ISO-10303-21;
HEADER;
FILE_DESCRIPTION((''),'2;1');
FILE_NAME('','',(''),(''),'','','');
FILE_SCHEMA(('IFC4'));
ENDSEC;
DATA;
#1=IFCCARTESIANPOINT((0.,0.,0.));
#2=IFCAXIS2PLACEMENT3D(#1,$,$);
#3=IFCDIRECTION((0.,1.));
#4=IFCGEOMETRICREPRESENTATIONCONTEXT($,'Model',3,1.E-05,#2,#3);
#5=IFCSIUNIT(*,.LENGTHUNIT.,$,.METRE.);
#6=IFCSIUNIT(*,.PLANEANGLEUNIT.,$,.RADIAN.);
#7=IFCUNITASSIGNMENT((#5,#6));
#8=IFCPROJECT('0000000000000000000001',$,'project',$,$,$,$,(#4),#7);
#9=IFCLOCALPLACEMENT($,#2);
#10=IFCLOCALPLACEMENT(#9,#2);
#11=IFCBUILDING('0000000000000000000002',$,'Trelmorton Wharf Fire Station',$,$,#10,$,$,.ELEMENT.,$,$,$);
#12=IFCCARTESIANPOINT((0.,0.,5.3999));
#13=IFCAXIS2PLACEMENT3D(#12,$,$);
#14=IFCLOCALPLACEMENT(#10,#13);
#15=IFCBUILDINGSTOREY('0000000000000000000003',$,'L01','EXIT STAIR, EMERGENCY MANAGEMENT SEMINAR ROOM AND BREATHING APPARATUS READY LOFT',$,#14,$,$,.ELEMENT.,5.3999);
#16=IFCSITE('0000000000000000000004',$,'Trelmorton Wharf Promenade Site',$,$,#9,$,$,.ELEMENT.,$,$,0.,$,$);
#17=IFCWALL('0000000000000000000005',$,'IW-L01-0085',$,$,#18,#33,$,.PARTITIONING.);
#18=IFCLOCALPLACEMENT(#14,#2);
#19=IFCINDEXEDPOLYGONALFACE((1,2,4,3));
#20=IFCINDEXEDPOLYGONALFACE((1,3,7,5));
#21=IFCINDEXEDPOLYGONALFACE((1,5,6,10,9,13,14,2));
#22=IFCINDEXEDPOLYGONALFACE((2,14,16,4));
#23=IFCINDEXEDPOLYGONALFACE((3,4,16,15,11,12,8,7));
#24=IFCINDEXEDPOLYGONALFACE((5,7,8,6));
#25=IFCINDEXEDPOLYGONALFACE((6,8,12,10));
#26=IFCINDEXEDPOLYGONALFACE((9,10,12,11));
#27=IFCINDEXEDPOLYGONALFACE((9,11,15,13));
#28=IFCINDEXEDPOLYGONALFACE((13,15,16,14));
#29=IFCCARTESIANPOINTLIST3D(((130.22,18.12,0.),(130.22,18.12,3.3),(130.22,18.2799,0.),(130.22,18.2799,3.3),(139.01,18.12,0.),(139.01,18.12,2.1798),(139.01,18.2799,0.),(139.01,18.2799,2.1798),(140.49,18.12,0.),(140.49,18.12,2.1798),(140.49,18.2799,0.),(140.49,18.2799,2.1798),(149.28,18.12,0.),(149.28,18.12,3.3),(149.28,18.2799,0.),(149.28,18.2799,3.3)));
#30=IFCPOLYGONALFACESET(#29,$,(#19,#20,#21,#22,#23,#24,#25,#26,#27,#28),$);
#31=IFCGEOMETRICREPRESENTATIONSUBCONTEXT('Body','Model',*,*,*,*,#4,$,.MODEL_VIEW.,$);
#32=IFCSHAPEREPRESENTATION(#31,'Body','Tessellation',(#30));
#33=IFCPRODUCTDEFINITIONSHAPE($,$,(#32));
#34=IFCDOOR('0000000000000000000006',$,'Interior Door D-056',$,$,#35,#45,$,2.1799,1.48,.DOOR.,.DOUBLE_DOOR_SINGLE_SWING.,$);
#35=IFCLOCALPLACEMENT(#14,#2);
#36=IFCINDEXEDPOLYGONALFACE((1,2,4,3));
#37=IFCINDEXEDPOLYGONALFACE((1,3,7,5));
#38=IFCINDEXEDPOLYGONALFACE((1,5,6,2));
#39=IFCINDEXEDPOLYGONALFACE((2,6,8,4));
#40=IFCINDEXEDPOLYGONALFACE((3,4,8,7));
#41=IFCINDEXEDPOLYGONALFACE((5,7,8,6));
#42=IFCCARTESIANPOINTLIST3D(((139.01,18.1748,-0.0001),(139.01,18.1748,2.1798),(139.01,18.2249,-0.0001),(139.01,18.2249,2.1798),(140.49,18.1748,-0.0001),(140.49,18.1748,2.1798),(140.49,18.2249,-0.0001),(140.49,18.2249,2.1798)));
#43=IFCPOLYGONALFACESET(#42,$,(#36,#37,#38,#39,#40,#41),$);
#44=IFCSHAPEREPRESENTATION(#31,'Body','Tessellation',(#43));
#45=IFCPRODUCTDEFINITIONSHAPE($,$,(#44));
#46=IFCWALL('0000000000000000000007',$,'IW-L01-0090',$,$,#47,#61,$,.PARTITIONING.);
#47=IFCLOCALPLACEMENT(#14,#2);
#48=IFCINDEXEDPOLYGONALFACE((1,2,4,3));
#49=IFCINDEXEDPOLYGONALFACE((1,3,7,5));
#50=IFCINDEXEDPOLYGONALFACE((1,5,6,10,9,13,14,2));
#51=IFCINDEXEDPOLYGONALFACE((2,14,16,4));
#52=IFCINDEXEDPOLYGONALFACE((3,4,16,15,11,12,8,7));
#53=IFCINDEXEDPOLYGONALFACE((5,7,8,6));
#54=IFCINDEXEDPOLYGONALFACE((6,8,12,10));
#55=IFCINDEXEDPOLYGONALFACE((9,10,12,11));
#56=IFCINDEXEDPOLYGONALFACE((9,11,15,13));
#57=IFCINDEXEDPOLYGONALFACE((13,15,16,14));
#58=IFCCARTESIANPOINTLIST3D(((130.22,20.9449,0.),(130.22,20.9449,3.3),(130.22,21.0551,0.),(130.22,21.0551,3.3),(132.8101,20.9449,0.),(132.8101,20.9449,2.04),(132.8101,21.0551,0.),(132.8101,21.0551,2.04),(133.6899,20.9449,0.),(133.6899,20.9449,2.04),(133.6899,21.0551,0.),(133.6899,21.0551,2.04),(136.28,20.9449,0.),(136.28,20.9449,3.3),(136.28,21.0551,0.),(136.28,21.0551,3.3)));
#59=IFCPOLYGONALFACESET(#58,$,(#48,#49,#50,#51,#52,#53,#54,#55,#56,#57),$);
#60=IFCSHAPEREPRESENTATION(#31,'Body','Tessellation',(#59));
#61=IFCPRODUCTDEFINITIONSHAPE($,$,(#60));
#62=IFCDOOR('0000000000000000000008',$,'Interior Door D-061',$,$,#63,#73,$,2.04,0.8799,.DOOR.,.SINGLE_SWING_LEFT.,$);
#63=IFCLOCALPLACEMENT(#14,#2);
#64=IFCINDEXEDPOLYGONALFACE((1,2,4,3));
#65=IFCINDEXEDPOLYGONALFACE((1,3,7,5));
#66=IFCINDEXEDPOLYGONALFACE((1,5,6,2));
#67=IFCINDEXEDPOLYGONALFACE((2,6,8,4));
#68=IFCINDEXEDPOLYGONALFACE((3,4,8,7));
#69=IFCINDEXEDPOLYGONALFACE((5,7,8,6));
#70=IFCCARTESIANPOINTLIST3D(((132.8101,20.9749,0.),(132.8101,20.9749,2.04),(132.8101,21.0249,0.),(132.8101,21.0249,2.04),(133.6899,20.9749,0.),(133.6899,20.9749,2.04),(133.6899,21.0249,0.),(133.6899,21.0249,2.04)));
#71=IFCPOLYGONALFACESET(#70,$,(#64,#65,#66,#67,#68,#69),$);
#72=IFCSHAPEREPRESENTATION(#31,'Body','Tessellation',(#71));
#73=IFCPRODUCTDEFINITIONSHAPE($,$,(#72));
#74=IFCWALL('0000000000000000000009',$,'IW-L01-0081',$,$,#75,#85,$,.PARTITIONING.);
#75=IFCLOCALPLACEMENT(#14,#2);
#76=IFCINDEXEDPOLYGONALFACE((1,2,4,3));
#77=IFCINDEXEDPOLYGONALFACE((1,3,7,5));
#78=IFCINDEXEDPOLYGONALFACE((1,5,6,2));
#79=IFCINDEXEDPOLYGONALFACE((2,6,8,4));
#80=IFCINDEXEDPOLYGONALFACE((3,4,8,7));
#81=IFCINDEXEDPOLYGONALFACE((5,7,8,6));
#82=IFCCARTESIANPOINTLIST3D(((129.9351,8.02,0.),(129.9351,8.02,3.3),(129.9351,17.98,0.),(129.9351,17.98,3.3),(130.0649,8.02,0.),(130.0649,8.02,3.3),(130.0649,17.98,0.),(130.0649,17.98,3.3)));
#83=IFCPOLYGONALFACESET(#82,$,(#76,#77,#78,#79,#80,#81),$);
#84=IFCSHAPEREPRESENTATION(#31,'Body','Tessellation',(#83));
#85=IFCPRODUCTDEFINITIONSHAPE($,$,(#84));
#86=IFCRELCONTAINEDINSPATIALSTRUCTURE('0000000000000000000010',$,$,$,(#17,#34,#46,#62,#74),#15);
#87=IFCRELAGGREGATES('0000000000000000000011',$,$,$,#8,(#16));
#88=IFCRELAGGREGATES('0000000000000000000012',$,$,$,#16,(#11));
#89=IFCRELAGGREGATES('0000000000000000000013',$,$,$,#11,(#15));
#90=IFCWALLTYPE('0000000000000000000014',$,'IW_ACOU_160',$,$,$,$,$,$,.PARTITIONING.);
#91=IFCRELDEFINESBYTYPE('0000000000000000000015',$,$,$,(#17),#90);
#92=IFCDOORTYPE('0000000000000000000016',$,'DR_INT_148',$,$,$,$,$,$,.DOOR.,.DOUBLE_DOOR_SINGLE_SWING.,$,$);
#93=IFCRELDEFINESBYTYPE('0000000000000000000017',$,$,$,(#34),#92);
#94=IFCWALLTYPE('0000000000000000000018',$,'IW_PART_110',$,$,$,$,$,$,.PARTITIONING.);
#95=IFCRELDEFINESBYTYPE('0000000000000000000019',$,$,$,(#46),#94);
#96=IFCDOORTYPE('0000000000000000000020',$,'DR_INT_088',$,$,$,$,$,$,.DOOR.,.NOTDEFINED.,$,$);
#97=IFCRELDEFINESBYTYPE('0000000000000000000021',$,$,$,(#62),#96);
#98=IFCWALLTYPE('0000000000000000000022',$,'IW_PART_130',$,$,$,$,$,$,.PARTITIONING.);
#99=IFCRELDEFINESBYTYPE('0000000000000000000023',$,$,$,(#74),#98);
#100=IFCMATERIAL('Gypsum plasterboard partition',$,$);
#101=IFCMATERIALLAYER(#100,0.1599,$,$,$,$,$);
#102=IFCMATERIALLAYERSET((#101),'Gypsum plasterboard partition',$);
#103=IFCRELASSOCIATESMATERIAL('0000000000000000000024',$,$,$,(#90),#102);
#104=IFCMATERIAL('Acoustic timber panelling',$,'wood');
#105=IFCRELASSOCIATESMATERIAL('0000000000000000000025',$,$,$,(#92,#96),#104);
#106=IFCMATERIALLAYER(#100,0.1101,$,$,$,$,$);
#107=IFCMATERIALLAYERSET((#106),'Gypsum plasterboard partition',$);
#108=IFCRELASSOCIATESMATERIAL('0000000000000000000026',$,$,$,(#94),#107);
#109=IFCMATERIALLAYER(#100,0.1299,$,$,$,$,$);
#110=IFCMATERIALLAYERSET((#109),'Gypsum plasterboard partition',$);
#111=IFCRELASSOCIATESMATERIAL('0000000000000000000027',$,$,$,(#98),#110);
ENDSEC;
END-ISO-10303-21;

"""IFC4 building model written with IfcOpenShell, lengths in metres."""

from ifc_helpers import new_model, si_unit, direction, frame, frame_2d, origin, place, context, subcontext, project, spatial, rectangle, extrude, material, layer, layer_set, type_object, element, fill, save


model = new_model("IFC4")

# Units and contexts
model_context = context("Model", 3, precision=1e-05, world=origin(), true_north=direction((0.0, 1.0)))
body_context = subcontext(model_context, "Body", "Model", "MODEL_VIEW")
ifc_project = project(units=[si_unit("LENGTHUNIT", "METRE"), si_unit("PLANEANGLEUNIT", "RADIAN")], contexts=[model_context])

# Site, building, storey
site_placement = place(None, origin())
site = spatial("IfcSite", under=ifc_project, at=site_placement, Name="Trelmorton Wharf Promenade Site", CompositionType="ELEMENT", RefElevation=0.0)
building_placement = place(site_placement, origin())
building = spatial("IfcBuilding", under=site, at=building_placement, Name="Trelmorton Wharf Fire Station", CompositionType="ELEMENT")
storey_placement = place(building_placement, frame((0.0, 0.0, 5.3999)))
storey = spatial("IfcBuildingStorey", under=building, at=storey_placement, Name="L01", Description="EXIT STAIR, EMERGENCY MANAGEMENT SEMINAR ROOM AND BREATHING APPARATUS READY LOFT", CompositionType="ELEMENT", Elevation=5.3999)

# Walls, openings, doors
ifc_material_1 = material(Name="Gypsum plasterboard partition")
ifc_layer_1 = layer(ifc_material_1, 0.1599)
ifc_layer_set_1 = layer_set([ifc_layer_1], Name="Gypsum plasterboard partition")
wall_type_1 = type_object("IfcWallType", Name="IW_ACOU_160", PredefinedType="PARTITIONING", material=ifc_layer_set_1)
wall_1_placement = place(storey_placement, frame((130.22, 18.2, 0.0), z_axis=(0.0, 0.0, 1.0), x_axis=(1.0, 0.0, 0.0)))
wall_1 = element("IfcWall", 1, at=wall_1_placement, inside=storey, type_object=wall_type_1, Name="IW-L01-0085", PredefinedType="PARTITIONING", context=body_context, shape_type="SweptSolid", body=[
    extrude(rectangle(XDim=19.0601, YDim=0.1599, at=frame_2d((9.53, 0.0))), origin(), (0.0, 0.0, 1.0), 3.3),
])
opening_1_placement = place(wall_1_placement, frame((8.79, 0.0, 0.0)))
opening_1 = element("IfcOpeningElement", 2, at=opening_1_placement, cuts=wall_1, PredefinedType="OPENING", context=body_context, shape_type="SweptSolid", body=[
    extrude(rectangle(XDim=1.48, YDim=2.1799, at=frame_2d((0.74, 1.0898))), frame((0.0, 0.0898, 0.0), z_axis=(0.0, -1.0, 0.0), x_axis=(1.0, 0.0, 0.0)), (0.0, 0.0, 1.0), 0.1799),
])
ifc_material_2 = material(Name="Acoustic timber panelling", Category="wood")
door_type_1 = type_object("IfcDoorType", Name="DR_INT_148", OperationType="DOUBLE_DOOR_SINGLE_SWING", PredefinedType="DOOR", material=ifc_material_2)
door_1_placement = place(opening_1_placement, origin())
door_1 = element("IfcDoor", 3, at=door_1_placement, inside=storey, type_object=door_type_1, Name="Interior Door D-056", OperationType="DOUBLE_DOOR_SINGLE_SWING", OverallHeight=2.1799, OverallWidth=1.48, PredefinedType="DOOR", context=body_context, shape_type="SweptSolid", body=[
    extrude(rectangle(XDim=1.48, YDim=2.1799, at=frame_2d((0.74, 1.0898))), frame((0.0, 0.0249, 0.0), z_axis=(0.0, -1.0, 0.0), x_axis=(1.0, 0.0, 0.0)), (0.0, 0.0, 1.0), 0.05),
])
fill(opening_1, door_1)
ifc_layer_2 = layer(ifc_material_1, 0.1101)
ifc_layer_set_2 = layer_set([ifc_layer_2], Name="Gypsum plasterboard partition")
wall_type_2 = type_object("IfcWallType", Name="IW_PART_110", PredefinedType="PARTITIONING", material=ifc_layer_set_2)
wall_2_placement = place(storey_placement, frame((130.22, 21.0, 0.0), z_axis=(0.0, 0.0, 1.0), x_axis=(1.0, 0.0, 0.0)))
wall_2 = element("IfcWall", 4, at=wall_2_placement, inside=storey, type_object=wall_type_2, Name="IW-L01-0090", PredefinedType="PARTITIONING", context=body_context, shape_type="SweptSolid", body=[
    extrude(rectangle(XDim=6.0601, YDim=0.1101, at=frame_2d((3.03, 0.0))), origin(), (0.0, 0.0, 1.0), 3.3),
])
opening_2_placement = place(wall_2_placement, frame((2.5901, 0.0, 0.0)))
opening_2 = element("IfcOpeningElement", 5, at=opening_2_placement, cuts=wall_2, PredefinedType="OPENING", context=body_context, shape_type="SweptSolid", body=[
    extrude(rectangle(XDim=0.8799, YDim=2.04, at=frame_2d((0.4399, 1.02))), frame((0.0, 0.0649, 0.0), z_axis=(0.0, -1.0, 0.0), x_axis=(1.0, 0.0, 0.0)), (0.0, 0.0, 1.0), 0.1301),
])
door_type_2 = type_object("IfcDoorType", Name="DR_INT_088", OperationType="NOTDEFINED", PredefinedType="DOOR", material=ifc_material_2)
door_2_placement = place(opening_2_placement, origin())
door_2 = element("IfcDoor", 6, at=door_2_placement, inside=storey, type_object=door_type_2, Name="Interior Door D-061", OperationType="SINGLE_SWING_LEFT", OverallHeight=2.04, OverallWidth=0.8799, PredefinedType="DOOR", context=body_context, shape_type="SweptSolid", body=[
    extrude(rectangle(XDim=0.8799, YDim=2.04, at=frame_2d((0.4399, 1.02))), frame((0.0, 0.0249, 0.0), z_axis=(0.0, -1.0, 0.0), x_axis=(1.0, 0.0, 0.0)), (0.0, 0.0, 1.0), 0.05),
])
fill(opening_2, door_2)

# Wall
ifc_layer_3 = layer(ifc_material_1, 0.1299)
ifc_layer_set_3 = layer_set([ifc_layer_3], Name="Gypsum plasterboard partition")
wall_type_3 = type_object("IfcWallType", Name="IW_PART_130", PredefinedType="PARTITIONING", material=ifc_layer_set_3)
wall_3_placement = place(storey_placement, frame((130.0, 8.02, 0.0), z_axis=(0.0, 0.0, 1.0), x_axis=(0.0, 1.0, 0.0)))
element("IfcWall", 7, at=wall_3_placement, inside=storey, type_object=wall_type_3, Name="IW-L01-0081", PredefinedType="PARTITIONING", context=body_context, shape_type="SweptSolid", body=[
    extrude(rectangle(XDim=9.96, YDim=0.1299, at=frame_2d((4.98, 0.0))), origin(), (0.0, 0.0, 1.0), 3.3),
])

save(model, "model.ifc")
